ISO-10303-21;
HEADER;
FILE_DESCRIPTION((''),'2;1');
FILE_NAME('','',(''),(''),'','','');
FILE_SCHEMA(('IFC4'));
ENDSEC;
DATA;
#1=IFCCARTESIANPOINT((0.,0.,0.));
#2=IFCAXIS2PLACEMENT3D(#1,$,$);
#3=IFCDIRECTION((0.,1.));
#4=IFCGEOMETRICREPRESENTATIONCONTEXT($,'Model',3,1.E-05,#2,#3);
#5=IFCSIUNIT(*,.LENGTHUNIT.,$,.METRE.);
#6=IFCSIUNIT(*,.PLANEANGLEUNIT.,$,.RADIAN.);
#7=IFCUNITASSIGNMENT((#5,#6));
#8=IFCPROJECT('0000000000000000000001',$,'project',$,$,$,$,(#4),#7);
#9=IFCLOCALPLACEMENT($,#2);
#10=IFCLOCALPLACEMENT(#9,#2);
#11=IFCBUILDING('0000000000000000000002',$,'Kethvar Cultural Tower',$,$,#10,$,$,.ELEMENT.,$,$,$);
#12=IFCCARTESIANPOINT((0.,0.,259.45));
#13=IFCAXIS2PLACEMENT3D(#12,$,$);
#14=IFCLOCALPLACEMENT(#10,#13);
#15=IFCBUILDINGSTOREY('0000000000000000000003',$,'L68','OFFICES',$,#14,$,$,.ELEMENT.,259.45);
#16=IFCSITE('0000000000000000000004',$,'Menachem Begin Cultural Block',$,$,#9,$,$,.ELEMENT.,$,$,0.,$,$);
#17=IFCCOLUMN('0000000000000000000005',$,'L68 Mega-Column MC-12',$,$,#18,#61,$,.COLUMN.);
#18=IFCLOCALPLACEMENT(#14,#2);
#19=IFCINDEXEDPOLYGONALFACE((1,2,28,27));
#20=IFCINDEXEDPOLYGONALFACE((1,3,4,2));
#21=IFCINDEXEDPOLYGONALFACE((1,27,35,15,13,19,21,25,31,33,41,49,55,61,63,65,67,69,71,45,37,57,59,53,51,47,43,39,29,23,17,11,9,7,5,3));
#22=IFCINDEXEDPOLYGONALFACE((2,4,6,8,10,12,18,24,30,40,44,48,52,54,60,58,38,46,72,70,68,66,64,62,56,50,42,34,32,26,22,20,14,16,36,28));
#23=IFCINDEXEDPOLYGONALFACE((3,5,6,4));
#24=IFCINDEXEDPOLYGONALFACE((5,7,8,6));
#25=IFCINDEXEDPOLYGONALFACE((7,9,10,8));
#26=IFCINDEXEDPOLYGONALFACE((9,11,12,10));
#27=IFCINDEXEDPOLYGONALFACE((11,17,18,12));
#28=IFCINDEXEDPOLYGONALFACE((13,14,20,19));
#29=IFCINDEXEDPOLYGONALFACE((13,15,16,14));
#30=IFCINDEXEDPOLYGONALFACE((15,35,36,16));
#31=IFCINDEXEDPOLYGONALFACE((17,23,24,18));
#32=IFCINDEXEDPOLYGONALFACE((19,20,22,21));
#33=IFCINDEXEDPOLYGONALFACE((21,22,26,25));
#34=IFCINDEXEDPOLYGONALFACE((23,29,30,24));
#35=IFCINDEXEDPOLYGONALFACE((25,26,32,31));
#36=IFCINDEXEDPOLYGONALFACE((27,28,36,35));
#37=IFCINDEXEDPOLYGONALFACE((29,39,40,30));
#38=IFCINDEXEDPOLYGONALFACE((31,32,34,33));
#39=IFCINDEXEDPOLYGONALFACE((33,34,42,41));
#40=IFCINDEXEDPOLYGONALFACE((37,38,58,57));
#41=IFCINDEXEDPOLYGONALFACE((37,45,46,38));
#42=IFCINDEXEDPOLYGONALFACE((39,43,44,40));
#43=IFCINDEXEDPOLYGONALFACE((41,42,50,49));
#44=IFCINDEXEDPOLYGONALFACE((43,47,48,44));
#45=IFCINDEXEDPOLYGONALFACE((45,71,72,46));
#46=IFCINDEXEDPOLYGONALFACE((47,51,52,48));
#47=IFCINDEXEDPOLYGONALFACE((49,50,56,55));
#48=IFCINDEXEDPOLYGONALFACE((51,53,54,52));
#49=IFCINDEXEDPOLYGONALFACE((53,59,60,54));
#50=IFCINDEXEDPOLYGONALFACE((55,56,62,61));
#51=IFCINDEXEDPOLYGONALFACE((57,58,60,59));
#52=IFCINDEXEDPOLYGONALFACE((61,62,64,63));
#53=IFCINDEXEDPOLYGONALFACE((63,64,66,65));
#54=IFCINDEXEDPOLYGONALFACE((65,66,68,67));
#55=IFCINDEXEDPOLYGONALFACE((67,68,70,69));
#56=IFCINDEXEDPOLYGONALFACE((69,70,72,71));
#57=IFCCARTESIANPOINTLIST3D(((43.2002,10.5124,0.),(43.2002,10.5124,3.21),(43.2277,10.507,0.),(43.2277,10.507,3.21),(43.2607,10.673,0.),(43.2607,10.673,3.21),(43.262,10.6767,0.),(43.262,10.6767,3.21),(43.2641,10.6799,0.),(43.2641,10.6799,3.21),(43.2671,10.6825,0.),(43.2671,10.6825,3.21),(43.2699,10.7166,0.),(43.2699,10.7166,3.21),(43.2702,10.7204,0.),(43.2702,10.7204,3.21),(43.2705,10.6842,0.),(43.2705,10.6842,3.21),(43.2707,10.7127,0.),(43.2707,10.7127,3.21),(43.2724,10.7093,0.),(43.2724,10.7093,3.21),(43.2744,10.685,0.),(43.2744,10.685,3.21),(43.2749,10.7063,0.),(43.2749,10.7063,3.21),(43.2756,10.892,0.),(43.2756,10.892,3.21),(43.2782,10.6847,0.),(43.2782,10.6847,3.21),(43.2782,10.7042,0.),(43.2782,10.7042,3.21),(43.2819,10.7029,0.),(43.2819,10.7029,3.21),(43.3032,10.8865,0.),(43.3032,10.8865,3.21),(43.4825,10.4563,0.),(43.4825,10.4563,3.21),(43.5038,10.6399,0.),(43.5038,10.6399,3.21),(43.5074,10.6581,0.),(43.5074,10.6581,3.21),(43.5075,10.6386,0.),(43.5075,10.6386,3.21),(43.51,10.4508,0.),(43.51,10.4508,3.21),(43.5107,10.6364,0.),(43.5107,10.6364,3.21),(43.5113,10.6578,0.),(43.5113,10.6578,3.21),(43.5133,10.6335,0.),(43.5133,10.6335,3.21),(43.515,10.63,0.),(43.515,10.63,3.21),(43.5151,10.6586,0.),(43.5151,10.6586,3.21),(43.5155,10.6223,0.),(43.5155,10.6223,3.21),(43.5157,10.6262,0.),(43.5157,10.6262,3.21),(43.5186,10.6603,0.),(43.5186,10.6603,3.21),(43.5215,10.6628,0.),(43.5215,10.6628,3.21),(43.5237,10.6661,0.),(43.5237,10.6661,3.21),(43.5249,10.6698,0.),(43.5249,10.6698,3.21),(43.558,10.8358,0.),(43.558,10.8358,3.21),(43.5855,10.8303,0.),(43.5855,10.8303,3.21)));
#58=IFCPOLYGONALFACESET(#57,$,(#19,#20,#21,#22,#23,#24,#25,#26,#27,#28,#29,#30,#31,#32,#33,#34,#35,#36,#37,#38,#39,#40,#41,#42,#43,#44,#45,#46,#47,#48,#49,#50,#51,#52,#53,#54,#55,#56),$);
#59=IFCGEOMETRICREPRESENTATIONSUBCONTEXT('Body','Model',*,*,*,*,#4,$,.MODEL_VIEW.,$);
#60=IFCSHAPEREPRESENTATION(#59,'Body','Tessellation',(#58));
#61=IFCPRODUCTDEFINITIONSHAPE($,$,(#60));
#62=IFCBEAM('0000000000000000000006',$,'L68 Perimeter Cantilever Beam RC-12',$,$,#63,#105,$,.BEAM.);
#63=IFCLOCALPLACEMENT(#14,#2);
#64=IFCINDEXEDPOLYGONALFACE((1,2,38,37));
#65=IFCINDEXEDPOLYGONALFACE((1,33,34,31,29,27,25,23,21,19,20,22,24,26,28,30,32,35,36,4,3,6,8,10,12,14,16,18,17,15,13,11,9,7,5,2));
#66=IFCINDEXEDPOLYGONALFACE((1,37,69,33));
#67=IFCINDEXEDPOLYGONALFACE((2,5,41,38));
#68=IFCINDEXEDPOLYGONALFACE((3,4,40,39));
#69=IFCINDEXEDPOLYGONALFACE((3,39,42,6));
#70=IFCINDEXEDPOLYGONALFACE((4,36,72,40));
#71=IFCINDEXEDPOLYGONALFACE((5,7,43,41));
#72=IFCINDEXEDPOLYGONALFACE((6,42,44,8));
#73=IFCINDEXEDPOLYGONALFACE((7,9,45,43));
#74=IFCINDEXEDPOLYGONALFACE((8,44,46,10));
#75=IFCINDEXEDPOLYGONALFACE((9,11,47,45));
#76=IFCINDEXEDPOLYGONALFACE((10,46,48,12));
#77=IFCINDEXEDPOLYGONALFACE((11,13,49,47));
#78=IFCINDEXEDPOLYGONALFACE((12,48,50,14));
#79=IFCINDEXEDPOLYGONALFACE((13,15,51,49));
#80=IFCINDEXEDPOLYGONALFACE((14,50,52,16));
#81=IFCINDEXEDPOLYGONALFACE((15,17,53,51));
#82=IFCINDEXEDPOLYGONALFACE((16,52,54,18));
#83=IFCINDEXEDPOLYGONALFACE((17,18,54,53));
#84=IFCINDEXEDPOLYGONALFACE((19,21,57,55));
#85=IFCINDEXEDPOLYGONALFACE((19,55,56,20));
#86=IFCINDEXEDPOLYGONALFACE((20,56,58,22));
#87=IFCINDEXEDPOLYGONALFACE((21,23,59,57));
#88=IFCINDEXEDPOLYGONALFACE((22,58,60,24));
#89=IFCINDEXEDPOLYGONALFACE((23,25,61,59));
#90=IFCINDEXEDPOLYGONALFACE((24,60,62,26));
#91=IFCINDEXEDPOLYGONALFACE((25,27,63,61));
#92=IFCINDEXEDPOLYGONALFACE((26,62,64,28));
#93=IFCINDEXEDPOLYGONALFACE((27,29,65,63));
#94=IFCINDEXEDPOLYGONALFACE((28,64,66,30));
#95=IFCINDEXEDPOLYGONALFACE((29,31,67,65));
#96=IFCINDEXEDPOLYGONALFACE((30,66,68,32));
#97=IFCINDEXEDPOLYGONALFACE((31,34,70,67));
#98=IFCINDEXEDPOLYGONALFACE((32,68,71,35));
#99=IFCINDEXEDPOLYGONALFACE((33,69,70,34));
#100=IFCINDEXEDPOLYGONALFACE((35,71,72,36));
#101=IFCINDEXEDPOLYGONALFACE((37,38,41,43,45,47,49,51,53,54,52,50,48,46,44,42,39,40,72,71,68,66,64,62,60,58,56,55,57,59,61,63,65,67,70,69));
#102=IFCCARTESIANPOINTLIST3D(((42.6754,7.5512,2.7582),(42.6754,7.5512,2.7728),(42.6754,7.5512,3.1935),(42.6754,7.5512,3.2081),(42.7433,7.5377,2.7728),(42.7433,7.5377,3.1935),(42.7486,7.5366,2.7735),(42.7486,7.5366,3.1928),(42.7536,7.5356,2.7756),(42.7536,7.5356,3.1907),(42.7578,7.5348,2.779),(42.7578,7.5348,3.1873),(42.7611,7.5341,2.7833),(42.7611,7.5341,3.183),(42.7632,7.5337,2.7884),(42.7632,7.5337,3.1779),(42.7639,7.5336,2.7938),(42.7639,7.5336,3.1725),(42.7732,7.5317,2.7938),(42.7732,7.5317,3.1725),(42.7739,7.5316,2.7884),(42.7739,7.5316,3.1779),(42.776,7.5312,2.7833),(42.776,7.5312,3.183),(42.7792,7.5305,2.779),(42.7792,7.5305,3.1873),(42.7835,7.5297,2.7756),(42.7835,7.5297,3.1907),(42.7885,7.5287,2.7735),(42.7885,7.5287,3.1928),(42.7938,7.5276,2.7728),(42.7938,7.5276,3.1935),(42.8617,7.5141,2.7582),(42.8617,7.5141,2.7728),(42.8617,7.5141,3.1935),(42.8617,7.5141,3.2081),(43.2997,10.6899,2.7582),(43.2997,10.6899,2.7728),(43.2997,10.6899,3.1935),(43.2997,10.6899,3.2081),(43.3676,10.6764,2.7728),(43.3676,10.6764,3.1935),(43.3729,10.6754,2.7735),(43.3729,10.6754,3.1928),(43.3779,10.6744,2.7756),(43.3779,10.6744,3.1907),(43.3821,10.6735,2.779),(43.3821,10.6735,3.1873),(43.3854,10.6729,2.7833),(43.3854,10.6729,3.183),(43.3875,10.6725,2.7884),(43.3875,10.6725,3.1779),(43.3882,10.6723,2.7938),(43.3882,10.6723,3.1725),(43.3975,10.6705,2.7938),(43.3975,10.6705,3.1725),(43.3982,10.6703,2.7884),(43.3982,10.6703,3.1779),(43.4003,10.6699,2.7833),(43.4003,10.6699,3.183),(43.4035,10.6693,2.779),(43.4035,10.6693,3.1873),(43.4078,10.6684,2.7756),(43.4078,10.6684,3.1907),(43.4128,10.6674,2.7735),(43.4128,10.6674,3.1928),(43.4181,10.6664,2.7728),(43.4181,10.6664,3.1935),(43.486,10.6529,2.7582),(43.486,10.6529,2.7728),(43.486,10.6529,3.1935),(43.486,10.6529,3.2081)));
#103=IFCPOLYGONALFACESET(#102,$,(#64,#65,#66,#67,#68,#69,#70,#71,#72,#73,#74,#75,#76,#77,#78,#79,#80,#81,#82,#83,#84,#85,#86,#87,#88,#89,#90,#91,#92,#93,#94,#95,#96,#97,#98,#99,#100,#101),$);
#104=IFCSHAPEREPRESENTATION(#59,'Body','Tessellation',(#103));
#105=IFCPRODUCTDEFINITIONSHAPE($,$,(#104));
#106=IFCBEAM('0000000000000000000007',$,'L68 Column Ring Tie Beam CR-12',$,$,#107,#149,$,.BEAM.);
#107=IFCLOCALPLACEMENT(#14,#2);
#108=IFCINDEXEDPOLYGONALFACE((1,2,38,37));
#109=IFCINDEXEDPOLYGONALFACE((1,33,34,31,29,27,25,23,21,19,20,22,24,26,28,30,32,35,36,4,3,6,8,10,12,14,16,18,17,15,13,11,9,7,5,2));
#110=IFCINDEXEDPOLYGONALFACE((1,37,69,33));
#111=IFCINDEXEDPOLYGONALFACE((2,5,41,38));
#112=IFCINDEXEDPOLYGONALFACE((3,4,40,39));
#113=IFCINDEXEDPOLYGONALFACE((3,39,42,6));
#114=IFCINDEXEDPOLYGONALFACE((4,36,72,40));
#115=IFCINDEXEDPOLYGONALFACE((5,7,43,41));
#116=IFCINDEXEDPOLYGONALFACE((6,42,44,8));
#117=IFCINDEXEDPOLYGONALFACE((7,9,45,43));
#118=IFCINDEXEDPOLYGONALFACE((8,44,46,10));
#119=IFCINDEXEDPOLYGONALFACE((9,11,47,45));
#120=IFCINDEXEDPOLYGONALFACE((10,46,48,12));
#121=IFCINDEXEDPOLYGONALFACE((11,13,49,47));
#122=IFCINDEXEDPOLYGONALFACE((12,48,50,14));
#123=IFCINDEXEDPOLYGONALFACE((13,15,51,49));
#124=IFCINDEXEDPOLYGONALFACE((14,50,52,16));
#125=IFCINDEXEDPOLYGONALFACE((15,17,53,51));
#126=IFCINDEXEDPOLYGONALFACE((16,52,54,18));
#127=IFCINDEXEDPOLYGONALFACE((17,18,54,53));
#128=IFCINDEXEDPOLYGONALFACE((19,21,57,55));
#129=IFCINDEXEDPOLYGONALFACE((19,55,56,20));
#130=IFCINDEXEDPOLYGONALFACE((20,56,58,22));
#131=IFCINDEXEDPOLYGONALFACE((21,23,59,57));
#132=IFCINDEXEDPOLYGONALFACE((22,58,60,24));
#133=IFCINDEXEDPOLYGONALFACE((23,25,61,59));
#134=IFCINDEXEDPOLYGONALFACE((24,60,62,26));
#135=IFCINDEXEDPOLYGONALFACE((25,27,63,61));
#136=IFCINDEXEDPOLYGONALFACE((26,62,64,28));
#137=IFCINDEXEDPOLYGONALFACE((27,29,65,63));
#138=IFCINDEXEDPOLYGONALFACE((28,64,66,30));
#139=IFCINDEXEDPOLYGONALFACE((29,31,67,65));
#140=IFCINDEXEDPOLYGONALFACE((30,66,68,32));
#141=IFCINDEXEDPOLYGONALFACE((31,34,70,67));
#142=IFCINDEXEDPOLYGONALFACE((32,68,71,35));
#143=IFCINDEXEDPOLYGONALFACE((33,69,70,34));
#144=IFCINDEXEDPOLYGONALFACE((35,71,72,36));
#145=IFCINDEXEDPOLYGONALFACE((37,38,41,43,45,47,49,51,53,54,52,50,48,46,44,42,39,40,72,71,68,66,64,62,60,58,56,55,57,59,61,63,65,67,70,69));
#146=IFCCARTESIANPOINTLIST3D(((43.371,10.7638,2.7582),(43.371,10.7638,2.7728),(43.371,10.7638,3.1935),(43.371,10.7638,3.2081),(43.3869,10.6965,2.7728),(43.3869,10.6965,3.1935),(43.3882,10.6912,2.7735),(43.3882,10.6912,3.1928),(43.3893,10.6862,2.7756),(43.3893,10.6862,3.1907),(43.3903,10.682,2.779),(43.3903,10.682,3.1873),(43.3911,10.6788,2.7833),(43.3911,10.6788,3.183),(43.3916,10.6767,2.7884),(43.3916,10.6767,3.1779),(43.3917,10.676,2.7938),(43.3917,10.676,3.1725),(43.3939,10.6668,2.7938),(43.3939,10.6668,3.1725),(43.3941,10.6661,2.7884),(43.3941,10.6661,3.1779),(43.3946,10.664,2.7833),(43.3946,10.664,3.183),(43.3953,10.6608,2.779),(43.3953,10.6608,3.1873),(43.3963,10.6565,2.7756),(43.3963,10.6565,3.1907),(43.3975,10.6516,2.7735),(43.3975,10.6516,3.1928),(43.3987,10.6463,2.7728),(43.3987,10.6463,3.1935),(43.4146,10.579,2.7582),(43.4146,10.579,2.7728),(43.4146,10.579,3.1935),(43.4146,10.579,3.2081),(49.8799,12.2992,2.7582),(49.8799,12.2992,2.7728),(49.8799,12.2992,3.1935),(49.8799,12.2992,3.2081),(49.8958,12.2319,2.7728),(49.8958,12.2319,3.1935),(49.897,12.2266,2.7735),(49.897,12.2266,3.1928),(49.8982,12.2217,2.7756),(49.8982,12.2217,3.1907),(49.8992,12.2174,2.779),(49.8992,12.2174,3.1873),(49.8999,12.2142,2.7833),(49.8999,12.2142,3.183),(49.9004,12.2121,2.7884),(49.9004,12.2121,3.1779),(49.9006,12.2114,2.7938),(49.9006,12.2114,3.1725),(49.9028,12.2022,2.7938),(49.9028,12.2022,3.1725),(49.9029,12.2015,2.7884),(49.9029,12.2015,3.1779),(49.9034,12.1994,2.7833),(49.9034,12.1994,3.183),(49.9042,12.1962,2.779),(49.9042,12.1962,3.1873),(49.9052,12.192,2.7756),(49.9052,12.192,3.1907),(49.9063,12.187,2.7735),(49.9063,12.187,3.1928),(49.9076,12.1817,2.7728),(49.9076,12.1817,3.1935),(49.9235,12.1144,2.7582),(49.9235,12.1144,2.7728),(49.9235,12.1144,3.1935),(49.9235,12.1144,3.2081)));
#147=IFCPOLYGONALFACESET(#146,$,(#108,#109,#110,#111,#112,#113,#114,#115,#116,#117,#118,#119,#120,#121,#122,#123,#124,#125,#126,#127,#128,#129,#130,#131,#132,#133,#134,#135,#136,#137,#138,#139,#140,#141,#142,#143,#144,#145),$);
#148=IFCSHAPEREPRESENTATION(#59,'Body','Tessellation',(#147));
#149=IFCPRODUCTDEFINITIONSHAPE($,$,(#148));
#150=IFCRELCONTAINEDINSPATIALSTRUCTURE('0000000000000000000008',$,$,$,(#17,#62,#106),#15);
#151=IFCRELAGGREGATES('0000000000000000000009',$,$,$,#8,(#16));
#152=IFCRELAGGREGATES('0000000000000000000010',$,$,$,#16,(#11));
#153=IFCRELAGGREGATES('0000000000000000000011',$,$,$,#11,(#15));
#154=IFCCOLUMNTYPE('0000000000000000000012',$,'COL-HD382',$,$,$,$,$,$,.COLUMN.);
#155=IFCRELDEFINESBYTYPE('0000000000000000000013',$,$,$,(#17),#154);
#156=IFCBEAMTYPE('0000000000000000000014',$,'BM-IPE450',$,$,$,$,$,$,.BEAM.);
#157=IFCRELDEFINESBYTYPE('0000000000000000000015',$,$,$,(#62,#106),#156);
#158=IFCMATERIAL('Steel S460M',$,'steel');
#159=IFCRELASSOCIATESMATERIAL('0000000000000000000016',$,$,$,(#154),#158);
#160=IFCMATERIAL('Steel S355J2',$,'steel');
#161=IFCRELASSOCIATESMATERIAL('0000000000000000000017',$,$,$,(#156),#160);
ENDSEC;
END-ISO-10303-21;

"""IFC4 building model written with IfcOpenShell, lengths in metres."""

from ifc_helpers import new_model, si_unit, direction, frame, origin, origin_2d, place, context, subcontext, project, spatial, i_section, extrude, source, transform, mapped, material, material_profile, profile_set, type_object, element, save


model = new_model("IFC4")

# Units and contexts
model_context = context("Model", 3, precision=1e-05, world=origin(), true_north=direction((0.0, 1.0)))
body_context = subcontext(model_context, "Body", "Model", "MODEL_VIEW")
ifc_project = project(units=[si_unit("LENGTHUNIT", "METRE"), si_unit("PLANEANGLEUNIT", "RADIAN")], contexts=[model_context])

# Site, building, storey
site_placement = place(None, origin())
site = spatial("IfcSite", under=ifc_project, at=site_placement, Name="Menachem Begin Cultural Block", CompositionType="ELEMENT", RefElevation=0.0)
building_placement = place(site_placement, origin())
building = spatial("IfcBuilding", under=site, at=building_placement, Name="Kethvar Cultural Tower", CompositionType="ELEMENT")
storey_placement = place(building_placement, frame((0.0, 0.0, 259.45)))
storey = spatial("IfcBuildingStorey", under=building, at=storey_placement, Name="L68", Description="OFFICES", CompositionType="ELEMENT", Elevation=259.45)

# Column
ifc_material_1 = material(Name="Steel S460M", Category="steel")
ifc_material_profile_1 = material_profile(ifc_material_1, i_section(OverallWidth=0.387, OverallDepth=0.3159, WebThickness=0.0186, FlangeThickness=0.0281, FilletRadius=0.0149, at=origin_2d()), Name="Steel S460M — HD400x382")
ifc_profile_set_1 = profile_set([ifc_material_profile_1], Name="Steel S460M — HD400x382")
column_type = type_object("IfcColumnType", Name="COL-HD382", PredefinedType="COLUMN", material=ifc_profile_set_1)
shared_shape_1 = source(origin(), body_context, "Body", "SweptSolid", [
    extrude(i_section(OverallWidth=0.387, OverallDepth=0.3159, WebThickness=0.0186, FlangeThickness=0.0281, FilletRadius=0.0149, at=origin_2d()), origin(), (0.0, 0.0, 1.0), 3.21),
])
column_placement = place(storey_placement, frame((43.3928, 10.6714, 0.0), z_axis=(0.0, 0.0, 1.0), x_axis=(-0.19509, -0.980785, 0.0)))
element("IfcColumn", 1, at=column_placement, inside=storey, type_object=column_type, Name="L68 Mega-Column MC-12", PredefinedType="COLUMN", context=body_context, shape_type="MappedRepresentation", body=[
    mapped(shared_shape_1, transform((0.0, 0.0, 0.0), scale=1.0)),
])

# Beams
ifc_material_2 = material(Name="Steel S355J2", Category="steel")
ifc_material_profile_2 = material_profile(ifc_material_2, i_section(OverallWidth=0.1899, OverallDepth=0.45, WebThickness=0.0095, FlangeThickness=0.0146, FilletRadius=0.021, at=origin_2d()), Name="Steel S355J2 — IPE450")
ifc_profile_set_2 = profile_set([ifc_material_profile_2], Name="Steel S355J2 — IPE450")
beam_type_1 = type_object("IfcBeamType", Name="BM-IPE450", PredefinedType="BEAM", material=ifc_profile_set_2)
shared_shape_2 = source(origin(), body_context, "Body", "SweptSolid", [
    extrude(i_section(OverallWidth=0.1899, OverallDepth=0.45, WebThickness=0.0095, FlangeThickness=0.0146, FilletRadius=0.021, at=origin_2d()), origin(), (0.0, 0.0, 1.0), 3.2002),
])
beam_1_placement = place(storey_placement, frame((43.3928, 10.6714, 2.9832), z_axis=(-0.195074, -0.980788, 0.0), x_axis=(0.980788, -0.195074, 0.0)))
element("IfcBeam", 2, at=beam_1_placement, inside=storey, type_object=beam_type_1, Name="L68 Perimeter Cantilever Beam RC-12", PredefinedType="BEAM", context=body_context, shape_type="MappedRepresentation", body=[
    mapped(shared_shape_2, transform((0.0, 0.0, 0.0), scale=1.0)),
])
shared_shape_3 = source(origin(), body_context, "Body", "SweptSolid", [
    extrude(i_section(OverallWidth=0.1899, OverallDepth=0.45, WebThickness=0.0095, FlangeThickness=0.0146, FilletRadius=0.021, at=origin_2d()), origin(), (0.0, 0.0, 1.0), 6.6875),
])
beam_2_placement = place(storey_placement, frame((43.3928, 10.6714, 2.9832), z_axis=(0.973286, 0.229595, 0.0), x_axis=(-0.229595, 0.973286, 0.0)))
element("IfcBeam", 3, at=beam_2_placement, inside=storey, type_object=beam_type_1, Name="L68 Column Ring Tie Beam CR-12", PredefinedType="BEAM", context=body_context, shape_type="MappedRepresentation", body=[
    mapped(shared_shape_3, transform((0.0, 0.0, 0.0), scale=1.0)),
])

save(model, "model.ifc")
